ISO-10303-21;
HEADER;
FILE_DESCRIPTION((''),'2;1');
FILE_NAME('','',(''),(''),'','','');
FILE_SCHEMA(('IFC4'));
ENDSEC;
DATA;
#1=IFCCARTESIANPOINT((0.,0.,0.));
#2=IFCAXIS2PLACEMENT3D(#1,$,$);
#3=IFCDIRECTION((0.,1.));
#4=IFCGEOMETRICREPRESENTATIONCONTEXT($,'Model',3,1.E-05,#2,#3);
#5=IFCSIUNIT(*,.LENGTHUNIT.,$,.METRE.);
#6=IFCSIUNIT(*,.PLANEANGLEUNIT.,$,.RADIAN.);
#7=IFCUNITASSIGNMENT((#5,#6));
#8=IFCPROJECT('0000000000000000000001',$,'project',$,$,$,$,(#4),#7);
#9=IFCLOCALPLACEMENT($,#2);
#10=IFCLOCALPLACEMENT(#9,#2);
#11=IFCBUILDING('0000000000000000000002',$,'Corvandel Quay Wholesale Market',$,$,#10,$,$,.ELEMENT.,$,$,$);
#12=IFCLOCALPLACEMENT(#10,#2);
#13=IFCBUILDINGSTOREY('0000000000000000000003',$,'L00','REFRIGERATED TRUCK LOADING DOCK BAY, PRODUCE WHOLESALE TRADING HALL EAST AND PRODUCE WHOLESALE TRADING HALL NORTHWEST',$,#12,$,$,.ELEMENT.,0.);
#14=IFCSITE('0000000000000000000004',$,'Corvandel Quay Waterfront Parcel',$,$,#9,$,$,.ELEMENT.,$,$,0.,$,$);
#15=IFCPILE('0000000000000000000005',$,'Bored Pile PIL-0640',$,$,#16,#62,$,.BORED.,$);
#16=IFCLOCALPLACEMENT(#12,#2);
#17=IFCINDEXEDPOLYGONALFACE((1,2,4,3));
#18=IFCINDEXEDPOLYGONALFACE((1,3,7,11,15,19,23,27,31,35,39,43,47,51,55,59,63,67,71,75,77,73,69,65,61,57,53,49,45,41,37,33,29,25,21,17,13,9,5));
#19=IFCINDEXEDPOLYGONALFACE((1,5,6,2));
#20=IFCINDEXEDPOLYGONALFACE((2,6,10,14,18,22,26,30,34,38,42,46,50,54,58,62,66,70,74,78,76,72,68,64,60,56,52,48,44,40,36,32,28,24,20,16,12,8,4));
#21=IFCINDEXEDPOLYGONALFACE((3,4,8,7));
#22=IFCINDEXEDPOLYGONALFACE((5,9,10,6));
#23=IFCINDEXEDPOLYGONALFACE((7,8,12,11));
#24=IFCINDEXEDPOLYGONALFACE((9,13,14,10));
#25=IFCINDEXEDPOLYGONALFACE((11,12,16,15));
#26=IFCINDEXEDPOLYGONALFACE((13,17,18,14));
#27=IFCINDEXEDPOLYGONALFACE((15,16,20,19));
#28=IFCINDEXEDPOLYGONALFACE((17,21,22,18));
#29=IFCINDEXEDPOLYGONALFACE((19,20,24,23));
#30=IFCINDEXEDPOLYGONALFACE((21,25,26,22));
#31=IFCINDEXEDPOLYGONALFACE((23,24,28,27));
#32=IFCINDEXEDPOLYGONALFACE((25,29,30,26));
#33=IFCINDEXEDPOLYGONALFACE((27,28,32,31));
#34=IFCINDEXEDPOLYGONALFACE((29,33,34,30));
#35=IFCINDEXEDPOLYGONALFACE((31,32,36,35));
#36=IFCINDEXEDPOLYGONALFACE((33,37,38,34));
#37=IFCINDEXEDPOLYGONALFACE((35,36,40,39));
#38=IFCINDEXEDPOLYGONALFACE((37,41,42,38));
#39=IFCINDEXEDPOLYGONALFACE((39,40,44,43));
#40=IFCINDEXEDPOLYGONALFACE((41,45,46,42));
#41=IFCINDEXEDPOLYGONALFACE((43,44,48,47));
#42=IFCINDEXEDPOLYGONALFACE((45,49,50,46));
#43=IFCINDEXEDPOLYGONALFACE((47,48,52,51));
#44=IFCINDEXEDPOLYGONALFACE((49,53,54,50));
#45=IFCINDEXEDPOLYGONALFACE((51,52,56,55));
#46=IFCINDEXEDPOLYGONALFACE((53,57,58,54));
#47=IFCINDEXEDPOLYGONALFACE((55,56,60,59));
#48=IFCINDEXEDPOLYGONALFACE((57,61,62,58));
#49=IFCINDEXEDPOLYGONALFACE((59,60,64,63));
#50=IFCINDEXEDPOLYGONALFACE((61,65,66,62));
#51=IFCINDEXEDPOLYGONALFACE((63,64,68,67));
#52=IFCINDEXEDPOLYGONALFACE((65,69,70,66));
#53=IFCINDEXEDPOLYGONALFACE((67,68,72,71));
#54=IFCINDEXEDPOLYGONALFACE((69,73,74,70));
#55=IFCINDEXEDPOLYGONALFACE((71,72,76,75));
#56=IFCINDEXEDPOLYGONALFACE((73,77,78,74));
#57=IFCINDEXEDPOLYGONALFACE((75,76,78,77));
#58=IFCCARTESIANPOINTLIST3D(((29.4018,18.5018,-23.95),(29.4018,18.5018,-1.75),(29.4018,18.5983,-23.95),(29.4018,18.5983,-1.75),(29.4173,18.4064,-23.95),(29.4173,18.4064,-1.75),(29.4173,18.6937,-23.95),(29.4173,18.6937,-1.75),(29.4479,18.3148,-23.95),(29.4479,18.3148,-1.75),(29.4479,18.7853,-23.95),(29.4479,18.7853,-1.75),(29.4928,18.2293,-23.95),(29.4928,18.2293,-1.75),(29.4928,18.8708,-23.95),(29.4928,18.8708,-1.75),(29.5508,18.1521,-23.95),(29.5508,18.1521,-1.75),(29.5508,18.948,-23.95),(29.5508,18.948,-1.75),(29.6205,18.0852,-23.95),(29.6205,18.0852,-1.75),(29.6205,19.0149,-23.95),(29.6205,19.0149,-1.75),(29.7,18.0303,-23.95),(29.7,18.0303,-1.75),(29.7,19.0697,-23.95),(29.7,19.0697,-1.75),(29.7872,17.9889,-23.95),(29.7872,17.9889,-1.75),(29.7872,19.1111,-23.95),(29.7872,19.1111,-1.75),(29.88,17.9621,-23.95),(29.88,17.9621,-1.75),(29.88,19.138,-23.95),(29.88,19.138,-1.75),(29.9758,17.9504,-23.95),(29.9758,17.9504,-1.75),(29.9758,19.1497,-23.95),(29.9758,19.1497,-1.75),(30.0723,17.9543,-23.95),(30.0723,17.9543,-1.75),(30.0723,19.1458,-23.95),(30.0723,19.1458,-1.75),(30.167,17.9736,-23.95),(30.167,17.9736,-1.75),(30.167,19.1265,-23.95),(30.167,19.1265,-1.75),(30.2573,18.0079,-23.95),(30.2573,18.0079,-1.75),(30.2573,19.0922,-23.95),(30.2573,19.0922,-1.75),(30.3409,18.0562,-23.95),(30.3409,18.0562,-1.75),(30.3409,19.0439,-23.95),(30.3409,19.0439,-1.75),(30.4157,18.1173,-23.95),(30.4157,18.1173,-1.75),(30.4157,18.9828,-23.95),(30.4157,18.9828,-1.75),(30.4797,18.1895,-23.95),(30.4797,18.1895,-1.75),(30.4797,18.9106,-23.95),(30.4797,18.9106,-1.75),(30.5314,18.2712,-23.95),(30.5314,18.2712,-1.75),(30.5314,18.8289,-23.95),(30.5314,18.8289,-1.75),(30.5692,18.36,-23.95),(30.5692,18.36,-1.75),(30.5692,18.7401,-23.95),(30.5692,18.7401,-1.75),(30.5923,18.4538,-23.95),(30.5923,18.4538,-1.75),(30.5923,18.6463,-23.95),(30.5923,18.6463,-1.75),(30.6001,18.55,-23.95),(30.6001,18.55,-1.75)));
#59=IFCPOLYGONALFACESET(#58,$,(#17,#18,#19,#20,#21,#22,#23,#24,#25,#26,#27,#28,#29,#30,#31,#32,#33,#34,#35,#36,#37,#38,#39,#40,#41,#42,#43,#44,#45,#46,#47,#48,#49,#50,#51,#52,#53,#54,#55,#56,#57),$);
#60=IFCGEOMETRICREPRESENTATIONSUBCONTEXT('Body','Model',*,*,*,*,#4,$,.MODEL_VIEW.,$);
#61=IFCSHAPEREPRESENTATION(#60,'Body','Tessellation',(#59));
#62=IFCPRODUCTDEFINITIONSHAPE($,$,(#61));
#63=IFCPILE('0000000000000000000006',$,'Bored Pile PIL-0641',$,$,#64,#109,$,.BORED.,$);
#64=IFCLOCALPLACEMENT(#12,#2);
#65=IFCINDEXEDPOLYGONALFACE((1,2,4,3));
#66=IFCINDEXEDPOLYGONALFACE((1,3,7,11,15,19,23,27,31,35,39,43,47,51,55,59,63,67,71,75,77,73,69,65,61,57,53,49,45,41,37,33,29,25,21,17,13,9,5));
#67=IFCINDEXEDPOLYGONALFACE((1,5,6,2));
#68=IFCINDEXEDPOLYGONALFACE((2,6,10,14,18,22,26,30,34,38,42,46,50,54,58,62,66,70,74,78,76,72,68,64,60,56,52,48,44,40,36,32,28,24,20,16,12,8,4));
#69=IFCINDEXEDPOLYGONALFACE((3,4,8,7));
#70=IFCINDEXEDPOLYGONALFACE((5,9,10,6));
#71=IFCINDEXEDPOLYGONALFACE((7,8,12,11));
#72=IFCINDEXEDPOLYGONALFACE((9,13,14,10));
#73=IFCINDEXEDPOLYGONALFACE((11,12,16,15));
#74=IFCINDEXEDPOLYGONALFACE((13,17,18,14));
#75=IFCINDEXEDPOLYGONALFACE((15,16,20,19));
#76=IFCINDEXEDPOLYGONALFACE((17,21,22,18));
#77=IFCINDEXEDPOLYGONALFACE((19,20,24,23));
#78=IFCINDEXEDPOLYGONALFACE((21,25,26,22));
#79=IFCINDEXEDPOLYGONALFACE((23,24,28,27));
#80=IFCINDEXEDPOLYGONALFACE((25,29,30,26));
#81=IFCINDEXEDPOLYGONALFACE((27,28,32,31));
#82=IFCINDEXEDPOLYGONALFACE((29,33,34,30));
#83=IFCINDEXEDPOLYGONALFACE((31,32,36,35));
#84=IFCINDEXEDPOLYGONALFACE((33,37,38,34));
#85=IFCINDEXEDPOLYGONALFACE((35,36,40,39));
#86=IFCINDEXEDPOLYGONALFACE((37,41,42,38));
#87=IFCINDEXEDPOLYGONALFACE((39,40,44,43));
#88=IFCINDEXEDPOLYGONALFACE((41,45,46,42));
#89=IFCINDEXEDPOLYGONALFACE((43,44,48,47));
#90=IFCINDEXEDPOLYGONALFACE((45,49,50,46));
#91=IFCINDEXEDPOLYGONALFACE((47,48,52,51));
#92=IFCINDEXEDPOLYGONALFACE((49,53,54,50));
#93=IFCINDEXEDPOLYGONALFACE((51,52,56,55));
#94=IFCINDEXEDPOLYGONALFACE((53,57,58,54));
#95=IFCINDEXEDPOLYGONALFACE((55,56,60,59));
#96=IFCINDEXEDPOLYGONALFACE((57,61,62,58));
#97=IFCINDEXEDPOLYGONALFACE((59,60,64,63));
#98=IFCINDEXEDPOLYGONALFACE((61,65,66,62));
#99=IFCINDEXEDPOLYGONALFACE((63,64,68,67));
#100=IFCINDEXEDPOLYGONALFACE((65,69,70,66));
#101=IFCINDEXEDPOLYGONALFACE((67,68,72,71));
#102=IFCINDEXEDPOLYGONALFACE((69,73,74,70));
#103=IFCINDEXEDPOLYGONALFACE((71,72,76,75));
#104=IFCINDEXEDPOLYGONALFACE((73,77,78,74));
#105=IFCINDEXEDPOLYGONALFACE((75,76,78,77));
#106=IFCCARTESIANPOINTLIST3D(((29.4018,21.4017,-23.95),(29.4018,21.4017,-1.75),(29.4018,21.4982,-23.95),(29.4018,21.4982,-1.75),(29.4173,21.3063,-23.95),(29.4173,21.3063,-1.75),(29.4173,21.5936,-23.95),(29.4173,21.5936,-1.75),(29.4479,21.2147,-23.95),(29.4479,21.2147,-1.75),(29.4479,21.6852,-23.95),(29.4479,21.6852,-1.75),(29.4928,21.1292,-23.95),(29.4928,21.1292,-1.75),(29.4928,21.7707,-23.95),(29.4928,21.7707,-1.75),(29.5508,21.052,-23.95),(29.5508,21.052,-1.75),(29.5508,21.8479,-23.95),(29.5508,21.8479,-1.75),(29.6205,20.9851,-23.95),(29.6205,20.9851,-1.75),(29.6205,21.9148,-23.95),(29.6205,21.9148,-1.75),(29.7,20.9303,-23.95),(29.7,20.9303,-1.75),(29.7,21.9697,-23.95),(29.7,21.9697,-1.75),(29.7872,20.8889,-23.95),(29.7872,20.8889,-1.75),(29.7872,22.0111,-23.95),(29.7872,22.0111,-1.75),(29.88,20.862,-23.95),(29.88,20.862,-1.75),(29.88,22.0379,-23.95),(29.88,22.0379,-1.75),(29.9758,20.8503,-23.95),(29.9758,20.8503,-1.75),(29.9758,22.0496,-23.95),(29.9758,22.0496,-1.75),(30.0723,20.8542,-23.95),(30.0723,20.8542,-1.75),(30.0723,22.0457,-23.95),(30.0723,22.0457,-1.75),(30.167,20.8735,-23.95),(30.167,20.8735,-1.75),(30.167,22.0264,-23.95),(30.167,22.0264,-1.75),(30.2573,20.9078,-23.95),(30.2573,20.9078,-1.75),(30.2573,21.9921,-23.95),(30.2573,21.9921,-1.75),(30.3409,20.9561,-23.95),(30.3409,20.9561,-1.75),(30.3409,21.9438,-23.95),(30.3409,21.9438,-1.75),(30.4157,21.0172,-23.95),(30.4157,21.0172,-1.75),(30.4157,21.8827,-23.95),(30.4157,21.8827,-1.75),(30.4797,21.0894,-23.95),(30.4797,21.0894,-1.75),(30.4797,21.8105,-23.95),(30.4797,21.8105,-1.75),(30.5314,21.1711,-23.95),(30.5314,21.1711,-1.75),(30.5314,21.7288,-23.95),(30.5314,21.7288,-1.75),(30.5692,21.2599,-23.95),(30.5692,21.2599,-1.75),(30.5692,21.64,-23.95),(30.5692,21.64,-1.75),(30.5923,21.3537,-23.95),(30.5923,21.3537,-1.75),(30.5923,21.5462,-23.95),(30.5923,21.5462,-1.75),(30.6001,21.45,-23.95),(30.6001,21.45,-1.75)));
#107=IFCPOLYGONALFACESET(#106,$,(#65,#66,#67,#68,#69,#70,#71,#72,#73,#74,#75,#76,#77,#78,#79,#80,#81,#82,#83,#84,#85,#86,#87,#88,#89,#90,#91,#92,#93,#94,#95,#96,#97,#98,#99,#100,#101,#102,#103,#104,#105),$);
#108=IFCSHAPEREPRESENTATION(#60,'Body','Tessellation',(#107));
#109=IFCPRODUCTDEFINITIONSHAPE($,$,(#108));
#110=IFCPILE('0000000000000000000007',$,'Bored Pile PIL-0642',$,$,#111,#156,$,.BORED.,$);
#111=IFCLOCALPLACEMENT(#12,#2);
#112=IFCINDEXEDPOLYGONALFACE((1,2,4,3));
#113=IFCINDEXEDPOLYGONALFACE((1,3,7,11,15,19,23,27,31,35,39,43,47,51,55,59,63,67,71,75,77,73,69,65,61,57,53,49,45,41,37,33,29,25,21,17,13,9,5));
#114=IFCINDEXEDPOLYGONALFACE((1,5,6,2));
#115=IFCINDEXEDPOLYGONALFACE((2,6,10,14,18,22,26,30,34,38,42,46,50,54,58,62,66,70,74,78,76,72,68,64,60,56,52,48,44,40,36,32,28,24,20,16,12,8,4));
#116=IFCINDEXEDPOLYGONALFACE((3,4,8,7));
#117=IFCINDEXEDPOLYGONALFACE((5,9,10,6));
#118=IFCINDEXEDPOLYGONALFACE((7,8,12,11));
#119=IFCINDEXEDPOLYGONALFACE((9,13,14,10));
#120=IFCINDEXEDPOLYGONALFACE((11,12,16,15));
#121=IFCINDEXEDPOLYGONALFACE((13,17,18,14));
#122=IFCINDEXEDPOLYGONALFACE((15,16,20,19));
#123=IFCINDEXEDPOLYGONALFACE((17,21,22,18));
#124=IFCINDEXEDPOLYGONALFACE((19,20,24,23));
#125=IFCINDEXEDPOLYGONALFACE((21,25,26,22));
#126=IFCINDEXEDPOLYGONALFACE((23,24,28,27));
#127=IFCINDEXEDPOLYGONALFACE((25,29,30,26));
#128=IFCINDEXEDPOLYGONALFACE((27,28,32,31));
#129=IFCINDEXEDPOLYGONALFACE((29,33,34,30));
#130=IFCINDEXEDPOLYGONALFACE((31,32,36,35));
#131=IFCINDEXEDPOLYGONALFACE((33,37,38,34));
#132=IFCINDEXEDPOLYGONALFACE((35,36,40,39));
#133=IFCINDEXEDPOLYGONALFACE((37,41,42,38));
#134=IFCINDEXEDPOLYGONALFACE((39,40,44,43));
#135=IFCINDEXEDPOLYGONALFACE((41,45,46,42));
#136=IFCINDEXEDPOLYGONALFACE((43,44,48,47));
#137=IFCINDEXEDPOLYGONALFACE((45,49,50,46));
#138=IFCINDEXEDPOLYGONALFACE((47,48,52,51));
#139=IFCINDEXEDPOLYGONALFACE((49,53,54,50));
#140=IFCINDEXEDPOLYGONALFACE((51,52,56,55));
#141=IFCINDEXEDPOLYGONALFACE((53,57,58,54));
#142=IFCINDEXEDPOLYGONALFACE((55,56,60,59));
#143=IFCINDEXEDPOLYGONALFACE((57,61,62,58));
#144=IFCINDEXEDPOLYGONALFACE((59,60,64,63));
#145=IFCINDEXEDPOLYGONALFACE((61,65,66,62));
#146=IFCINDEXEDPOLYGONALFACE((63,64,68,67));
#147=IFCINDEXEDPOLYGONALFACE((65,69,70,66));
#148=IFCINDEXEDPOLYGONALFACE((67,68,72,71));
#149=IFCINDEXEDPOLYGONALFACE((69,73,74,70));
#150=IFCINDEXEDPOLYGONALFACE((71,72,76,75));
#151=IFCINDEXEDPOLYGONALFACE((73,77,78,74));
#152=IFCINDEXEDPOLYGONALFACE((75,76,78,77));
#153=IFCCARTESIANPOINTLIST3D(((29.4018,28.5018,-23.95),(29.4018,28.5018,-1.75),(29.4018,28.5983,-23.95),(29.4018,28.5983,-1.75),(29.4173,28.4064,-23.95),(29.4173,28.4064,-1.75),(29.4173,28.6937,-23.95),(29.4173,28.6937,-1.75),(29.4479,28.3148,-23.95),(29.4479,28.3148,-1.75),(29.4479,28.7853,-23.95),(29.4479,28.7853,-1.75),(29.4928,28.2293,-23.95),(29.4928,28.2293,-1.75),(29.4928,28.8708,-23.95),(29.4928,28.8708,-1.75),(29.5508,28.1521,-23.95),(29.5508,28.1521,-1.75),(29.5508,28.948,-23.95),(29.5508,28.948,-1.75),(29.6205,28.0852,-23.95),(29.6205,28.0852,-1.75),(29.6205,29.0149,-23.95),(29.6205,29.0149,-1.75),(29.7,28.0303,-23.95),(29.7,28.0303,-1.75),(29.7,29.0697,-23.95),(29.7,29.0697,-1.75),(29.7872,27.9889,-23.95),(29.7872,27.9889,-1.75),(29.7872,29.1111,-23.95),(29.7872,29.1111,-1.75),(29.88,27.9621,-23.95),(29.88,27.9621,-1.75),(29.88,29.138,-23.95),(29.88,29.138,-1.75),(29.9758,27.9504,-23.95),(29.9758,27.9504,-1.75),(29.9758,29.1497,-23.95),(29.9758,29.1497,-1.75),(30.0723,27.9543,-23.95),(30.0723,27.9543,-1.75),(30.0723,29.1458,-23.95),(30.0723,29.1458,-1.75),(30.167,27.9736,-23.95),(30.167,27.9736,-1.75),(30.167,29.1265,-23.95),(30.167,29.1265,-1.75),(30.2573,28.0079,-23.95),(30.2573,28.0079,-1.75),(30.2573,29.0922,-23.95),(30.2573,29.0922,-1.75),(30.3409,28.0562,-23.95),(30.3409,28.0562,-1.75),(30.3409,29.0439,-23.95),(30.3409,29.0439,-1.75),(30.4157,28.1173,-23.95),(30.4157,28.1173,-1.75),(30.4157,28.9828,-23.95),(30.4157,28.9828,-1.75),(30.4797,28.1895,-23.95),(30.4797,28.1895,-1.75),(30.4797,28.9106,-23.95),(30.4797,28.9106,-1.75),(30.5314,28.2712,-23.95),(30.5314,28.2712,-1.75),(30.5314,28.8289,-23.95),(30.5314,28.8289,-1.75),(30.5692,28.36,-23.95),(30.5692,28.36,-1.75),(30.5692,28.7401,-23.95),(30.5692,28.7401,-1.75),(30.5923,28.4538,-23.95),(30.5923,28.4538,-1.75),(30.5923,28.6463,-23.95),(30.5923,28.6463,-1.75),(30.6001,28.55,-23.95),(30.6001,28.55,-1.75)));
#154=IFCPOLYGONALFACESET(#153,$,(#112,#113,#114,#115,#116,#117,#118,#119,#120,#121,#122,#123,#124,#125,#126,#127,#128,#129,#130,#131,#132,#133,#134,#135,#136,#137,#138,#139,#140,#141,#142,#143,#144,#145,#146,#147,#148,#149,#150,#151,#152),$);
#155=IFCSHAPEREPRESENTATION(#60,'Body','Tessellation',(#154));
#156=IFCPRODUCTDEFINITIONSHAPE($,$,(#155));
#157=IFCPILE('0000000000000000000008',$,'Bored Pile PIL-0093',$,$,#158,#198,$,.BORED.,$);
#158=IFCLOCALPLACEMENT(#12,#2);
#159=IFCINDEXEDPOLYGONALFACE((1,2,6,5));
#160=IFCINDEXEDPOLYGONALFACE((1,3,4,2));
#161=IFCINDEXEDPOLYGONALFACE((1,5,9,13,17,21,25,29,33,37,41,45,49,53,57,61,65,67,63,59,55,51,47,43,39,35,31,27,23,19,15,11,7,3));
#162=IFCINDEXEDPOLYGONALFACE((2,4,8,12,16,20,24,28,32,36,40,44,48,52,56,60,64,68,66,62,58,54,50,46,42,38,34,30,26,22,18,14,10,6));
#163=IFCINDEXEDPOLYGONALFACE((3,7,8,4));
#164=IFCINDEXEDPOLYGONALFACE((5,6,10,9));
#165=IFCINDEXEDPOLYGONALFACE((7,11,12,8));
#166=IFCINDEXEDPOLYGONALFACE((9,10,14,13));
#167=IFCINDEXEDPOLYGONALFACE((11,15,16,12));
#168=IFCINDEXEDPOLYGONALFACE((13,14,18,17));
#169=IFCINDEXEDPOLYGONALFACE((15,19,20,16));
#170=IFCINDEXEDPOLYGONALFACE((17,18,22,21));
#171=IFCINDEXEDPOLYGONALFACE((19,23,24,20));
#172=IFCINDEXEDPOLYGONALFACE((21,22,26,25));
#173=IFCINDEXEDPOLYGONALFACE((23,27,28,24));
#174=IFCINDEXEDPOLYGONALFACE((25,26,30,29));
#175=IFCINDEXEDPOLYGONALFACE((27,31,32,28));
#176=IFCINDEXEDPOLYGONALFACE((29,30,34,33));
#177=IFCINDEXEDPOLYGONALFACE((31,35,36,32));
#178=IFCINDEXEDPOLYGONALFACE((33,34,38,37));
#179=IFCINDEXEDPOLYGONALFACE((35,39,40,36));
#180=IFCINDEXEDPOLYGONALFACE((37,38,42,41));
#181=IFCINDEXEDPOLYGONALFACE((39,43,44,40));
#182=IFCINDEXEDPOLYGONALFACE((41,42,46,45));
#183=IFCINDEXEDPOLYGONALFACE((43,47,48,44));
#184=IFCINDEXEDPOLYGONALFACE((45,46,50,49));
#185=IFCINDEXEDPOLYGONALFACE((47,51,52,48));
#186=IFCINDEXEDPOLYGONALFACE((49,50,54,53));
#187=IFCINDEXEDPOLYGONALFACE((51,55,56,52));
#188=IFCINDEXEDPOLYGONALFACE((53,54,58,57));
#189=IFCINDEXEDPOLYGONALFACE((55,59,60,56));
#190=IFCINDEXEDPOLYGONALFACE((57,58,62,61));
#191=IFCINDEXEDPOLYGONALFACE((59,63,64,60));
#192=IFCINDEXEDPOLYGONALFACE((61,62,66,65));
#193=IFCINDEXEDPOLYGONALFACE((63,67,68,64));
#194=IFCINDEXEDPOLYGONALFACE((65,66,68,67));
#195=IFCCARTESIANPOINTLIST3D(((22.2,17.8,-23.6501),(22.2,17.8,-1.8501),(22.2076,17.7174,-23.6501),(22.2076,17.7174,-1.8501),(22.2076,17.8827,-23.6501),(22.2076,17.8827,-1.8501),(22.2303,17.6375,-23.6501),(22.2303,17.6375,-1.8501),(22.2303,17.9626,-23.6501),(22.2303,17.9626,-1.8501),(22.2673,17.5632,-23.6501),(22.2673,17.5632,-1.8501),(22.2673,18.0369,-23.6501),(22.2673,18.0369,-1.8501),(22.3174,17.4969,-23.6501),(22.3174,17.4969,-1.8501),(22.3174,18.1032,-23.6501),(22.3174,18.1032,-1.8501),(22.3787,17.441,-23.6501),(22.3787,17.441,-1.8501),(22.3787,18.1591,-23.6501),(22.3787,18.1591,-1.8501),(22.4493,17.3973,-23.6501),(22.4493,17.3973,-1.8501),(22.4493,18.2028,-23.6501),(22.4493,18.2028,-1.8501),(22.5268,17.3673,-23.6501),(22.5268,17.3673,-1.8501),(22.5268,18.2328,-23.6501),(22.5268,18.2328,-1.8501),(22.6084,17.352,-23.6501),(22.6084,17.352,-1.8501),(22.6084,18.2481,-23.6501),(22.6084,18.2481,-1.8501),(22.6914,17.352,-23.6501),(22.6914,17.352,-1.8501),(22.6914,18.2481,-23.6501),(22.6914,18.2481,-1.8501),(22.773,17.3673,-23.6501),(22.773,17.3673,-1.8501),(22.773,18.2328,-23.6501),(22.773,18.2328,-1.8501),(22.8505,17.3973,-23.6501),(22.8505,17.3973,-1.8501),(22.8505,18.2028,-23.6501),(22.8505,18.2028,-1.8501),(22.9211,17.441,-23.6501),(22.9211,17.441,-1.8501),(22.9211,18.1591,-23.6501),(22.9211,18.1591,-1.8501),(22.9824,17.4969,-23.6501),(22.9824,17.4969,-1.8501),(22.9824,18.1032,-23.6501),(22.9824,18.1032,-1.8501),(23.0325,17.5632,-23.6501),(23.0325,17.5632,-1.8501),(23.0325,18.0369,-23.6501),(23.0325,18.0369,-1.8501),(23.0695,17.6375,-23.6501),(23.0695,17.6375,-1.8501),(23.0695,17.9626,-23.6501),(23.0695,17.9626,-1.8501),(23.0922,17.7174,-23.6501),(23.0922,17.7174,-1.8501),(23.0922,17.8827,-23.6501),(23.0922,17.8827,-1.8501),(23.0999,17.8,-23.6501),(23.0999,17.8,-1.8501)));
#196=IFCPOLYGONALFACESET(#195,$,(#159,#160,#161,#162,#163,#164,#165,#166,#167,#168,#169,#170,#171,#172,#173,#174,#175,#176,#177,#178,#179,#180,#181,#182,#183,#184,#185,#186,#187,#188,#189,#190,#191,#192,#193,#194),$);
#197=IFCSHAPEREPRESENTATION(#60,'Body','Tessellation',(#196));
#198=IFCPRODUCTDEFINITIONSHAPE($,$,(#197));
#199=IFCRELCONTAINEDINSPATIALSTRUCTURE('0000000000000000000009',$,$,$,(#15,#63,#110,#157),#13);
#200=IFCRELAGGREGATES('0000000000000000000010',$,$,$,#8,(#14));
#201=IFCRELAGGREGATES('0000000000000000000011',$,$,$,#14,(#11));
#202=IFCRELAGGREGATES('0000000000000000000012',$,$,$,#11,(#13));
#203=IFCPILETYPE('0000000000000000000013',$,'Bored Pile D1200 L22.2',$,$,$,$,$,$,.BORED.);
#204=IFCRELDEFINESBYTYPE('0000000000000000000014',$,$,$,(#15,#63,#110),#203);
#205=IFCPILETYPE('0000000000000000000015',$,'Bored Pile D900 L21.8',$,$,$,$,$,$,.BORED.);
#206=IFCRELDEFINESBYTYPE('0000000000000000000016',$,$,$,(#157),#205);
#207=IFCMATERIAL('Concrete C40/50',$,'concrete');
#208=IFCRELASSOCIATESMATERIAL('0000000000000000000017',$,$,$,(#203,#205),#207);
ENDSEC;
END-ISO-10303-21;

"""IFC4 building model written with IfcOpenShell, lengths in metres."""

from ifc_helpers import new_model, si_unit, direction, frame, origin, origin_2d, place, context, subcontext, project, spatial, circle, extrude, material, material_profile, profile_set, type_object, element, save


model = new_model("IFC4")

# Units and contexts
model_context = context("Model", 3, precision=1e-05, world=origin(), true_north=direction((0.0, 1.0)))
body_context = subcontext(model_context, "Body", "Model", "MODEL_VIEW")
ifc_project = project(units=[si_unit("LENGTHUNIT", "METRE"), si_unit("PLANEANGLEUNIT", "RADIAN")], contexts=[model_context])

# Site, building, storey
site_placement = place(None, origin())
site = spatial("IfcSite", under=ifc_project, at=site_placement, Name="Corvandel Quay Waterfront Parcel", CompositionType="ELEMENT", RefElevation=0.0)
building_placement = place(site_placement, origin())
building = spatial("IfcBuilding", under=site, at=building_placement, Name="Corvandel Quay Wholesale Market", CompositionType="ELEMENT")
storey_placement = place(building_placement, origin())
storey = spatial("IfcBuildingStorey", under=building, at=storey_placement, Name="L00", Description="REFRIGERATED TRUCK LOADING DOCK BAY, PRODUCE WHOLESALE TRADING HALL EAST AND PRODUCE WHOLESALE TRADING HALL NORTHWEST", CompositionType="ELEMENT", Elevation=0.0)

# Piles
ifc_material_1 = material(Name="Concrete C40/50", Category="concrete")
ifc_material_profile_1 = material_profile(ifc_material_1, circle(Radius=0.6001, at=origin_2d()), Name="RC-PILE-D1200")
ifc_profile_set_1 = profile_set([ifc_material_profile_1], Name="Concrete C40/50")
pile_type_1 = type_object("IfcPileType", Name="Bored Pile D1200 L22.2", PredefinedType="BORED", material=ifc_profile_set_1)
for number, where, z_axis, x_axis, name in (
    (1, (30.0, 18.55, -1.75), (0.0, 0.0, -1.0), (1.0, 0.0, 0.0), "Bored Pile PIL-0640"),
    (2, (30.0, 21.45, -1.75), (0.0, 0.0, -1.0), (1.0, 0.0, 0.0), "Bored Pile PIL-0641"),
    (3, (30.0, 28.55, -1.75), (0.0, 0.0, -1.0), (1.0, 0.0, 0.0), "Bored Pile PIL-0642"),
):
    element("IfcPile", number, at=place(storey_placement, frame(where, z_axis=z_axis, x_axis=x_axis)), inside=storey, type_object=pile_type_1, Name=name, PredefinedType="BORED", context=body_context, shape_type="SweptSolid", body=[
        extrude(circle(Radius=0.6001, at=origin_2d()), origin(), (0.0, 0.0, 1.0), 22.2),
    ])
ifc_material_profile_2 = material_profile(ifc_material_1, circle(Radius=0.45, at=origin_2d()), Name="RC-PILE-D900")
ifc_profile_set_2 = profile_set([ifc_material_profile_2], Name="Concrete C40/50")
pile_type_2 = type_object("IfcPileType", Name="Bored Pile D900 L21.8", PredefinedType="BORED", material=ifc_profile_set_2)
for number, where, z_axis, x_axis, name in (
    (4, (22.6499, 17.8, -1.8501), (0.0, 0.0, -1.0), (1.0, 0.0, 0.0), "Bored Pile PIL-0093"),
):
    element("IfcPile", number, at=place(storey_placement, frame(where, z_axis=z_axis, x_axis=x_axis)), inside=storey, type_object=pile_type_2, Name=name, PredefinedType="BORED", context=body_context, shape_type="SweptSolid", body=[
        extrude(circle(Radius=0.45, at=origin_2d()), origin(), (0.0, 0.0, 1.0), 21.8),
    ])

save(model, "model.ifc")
